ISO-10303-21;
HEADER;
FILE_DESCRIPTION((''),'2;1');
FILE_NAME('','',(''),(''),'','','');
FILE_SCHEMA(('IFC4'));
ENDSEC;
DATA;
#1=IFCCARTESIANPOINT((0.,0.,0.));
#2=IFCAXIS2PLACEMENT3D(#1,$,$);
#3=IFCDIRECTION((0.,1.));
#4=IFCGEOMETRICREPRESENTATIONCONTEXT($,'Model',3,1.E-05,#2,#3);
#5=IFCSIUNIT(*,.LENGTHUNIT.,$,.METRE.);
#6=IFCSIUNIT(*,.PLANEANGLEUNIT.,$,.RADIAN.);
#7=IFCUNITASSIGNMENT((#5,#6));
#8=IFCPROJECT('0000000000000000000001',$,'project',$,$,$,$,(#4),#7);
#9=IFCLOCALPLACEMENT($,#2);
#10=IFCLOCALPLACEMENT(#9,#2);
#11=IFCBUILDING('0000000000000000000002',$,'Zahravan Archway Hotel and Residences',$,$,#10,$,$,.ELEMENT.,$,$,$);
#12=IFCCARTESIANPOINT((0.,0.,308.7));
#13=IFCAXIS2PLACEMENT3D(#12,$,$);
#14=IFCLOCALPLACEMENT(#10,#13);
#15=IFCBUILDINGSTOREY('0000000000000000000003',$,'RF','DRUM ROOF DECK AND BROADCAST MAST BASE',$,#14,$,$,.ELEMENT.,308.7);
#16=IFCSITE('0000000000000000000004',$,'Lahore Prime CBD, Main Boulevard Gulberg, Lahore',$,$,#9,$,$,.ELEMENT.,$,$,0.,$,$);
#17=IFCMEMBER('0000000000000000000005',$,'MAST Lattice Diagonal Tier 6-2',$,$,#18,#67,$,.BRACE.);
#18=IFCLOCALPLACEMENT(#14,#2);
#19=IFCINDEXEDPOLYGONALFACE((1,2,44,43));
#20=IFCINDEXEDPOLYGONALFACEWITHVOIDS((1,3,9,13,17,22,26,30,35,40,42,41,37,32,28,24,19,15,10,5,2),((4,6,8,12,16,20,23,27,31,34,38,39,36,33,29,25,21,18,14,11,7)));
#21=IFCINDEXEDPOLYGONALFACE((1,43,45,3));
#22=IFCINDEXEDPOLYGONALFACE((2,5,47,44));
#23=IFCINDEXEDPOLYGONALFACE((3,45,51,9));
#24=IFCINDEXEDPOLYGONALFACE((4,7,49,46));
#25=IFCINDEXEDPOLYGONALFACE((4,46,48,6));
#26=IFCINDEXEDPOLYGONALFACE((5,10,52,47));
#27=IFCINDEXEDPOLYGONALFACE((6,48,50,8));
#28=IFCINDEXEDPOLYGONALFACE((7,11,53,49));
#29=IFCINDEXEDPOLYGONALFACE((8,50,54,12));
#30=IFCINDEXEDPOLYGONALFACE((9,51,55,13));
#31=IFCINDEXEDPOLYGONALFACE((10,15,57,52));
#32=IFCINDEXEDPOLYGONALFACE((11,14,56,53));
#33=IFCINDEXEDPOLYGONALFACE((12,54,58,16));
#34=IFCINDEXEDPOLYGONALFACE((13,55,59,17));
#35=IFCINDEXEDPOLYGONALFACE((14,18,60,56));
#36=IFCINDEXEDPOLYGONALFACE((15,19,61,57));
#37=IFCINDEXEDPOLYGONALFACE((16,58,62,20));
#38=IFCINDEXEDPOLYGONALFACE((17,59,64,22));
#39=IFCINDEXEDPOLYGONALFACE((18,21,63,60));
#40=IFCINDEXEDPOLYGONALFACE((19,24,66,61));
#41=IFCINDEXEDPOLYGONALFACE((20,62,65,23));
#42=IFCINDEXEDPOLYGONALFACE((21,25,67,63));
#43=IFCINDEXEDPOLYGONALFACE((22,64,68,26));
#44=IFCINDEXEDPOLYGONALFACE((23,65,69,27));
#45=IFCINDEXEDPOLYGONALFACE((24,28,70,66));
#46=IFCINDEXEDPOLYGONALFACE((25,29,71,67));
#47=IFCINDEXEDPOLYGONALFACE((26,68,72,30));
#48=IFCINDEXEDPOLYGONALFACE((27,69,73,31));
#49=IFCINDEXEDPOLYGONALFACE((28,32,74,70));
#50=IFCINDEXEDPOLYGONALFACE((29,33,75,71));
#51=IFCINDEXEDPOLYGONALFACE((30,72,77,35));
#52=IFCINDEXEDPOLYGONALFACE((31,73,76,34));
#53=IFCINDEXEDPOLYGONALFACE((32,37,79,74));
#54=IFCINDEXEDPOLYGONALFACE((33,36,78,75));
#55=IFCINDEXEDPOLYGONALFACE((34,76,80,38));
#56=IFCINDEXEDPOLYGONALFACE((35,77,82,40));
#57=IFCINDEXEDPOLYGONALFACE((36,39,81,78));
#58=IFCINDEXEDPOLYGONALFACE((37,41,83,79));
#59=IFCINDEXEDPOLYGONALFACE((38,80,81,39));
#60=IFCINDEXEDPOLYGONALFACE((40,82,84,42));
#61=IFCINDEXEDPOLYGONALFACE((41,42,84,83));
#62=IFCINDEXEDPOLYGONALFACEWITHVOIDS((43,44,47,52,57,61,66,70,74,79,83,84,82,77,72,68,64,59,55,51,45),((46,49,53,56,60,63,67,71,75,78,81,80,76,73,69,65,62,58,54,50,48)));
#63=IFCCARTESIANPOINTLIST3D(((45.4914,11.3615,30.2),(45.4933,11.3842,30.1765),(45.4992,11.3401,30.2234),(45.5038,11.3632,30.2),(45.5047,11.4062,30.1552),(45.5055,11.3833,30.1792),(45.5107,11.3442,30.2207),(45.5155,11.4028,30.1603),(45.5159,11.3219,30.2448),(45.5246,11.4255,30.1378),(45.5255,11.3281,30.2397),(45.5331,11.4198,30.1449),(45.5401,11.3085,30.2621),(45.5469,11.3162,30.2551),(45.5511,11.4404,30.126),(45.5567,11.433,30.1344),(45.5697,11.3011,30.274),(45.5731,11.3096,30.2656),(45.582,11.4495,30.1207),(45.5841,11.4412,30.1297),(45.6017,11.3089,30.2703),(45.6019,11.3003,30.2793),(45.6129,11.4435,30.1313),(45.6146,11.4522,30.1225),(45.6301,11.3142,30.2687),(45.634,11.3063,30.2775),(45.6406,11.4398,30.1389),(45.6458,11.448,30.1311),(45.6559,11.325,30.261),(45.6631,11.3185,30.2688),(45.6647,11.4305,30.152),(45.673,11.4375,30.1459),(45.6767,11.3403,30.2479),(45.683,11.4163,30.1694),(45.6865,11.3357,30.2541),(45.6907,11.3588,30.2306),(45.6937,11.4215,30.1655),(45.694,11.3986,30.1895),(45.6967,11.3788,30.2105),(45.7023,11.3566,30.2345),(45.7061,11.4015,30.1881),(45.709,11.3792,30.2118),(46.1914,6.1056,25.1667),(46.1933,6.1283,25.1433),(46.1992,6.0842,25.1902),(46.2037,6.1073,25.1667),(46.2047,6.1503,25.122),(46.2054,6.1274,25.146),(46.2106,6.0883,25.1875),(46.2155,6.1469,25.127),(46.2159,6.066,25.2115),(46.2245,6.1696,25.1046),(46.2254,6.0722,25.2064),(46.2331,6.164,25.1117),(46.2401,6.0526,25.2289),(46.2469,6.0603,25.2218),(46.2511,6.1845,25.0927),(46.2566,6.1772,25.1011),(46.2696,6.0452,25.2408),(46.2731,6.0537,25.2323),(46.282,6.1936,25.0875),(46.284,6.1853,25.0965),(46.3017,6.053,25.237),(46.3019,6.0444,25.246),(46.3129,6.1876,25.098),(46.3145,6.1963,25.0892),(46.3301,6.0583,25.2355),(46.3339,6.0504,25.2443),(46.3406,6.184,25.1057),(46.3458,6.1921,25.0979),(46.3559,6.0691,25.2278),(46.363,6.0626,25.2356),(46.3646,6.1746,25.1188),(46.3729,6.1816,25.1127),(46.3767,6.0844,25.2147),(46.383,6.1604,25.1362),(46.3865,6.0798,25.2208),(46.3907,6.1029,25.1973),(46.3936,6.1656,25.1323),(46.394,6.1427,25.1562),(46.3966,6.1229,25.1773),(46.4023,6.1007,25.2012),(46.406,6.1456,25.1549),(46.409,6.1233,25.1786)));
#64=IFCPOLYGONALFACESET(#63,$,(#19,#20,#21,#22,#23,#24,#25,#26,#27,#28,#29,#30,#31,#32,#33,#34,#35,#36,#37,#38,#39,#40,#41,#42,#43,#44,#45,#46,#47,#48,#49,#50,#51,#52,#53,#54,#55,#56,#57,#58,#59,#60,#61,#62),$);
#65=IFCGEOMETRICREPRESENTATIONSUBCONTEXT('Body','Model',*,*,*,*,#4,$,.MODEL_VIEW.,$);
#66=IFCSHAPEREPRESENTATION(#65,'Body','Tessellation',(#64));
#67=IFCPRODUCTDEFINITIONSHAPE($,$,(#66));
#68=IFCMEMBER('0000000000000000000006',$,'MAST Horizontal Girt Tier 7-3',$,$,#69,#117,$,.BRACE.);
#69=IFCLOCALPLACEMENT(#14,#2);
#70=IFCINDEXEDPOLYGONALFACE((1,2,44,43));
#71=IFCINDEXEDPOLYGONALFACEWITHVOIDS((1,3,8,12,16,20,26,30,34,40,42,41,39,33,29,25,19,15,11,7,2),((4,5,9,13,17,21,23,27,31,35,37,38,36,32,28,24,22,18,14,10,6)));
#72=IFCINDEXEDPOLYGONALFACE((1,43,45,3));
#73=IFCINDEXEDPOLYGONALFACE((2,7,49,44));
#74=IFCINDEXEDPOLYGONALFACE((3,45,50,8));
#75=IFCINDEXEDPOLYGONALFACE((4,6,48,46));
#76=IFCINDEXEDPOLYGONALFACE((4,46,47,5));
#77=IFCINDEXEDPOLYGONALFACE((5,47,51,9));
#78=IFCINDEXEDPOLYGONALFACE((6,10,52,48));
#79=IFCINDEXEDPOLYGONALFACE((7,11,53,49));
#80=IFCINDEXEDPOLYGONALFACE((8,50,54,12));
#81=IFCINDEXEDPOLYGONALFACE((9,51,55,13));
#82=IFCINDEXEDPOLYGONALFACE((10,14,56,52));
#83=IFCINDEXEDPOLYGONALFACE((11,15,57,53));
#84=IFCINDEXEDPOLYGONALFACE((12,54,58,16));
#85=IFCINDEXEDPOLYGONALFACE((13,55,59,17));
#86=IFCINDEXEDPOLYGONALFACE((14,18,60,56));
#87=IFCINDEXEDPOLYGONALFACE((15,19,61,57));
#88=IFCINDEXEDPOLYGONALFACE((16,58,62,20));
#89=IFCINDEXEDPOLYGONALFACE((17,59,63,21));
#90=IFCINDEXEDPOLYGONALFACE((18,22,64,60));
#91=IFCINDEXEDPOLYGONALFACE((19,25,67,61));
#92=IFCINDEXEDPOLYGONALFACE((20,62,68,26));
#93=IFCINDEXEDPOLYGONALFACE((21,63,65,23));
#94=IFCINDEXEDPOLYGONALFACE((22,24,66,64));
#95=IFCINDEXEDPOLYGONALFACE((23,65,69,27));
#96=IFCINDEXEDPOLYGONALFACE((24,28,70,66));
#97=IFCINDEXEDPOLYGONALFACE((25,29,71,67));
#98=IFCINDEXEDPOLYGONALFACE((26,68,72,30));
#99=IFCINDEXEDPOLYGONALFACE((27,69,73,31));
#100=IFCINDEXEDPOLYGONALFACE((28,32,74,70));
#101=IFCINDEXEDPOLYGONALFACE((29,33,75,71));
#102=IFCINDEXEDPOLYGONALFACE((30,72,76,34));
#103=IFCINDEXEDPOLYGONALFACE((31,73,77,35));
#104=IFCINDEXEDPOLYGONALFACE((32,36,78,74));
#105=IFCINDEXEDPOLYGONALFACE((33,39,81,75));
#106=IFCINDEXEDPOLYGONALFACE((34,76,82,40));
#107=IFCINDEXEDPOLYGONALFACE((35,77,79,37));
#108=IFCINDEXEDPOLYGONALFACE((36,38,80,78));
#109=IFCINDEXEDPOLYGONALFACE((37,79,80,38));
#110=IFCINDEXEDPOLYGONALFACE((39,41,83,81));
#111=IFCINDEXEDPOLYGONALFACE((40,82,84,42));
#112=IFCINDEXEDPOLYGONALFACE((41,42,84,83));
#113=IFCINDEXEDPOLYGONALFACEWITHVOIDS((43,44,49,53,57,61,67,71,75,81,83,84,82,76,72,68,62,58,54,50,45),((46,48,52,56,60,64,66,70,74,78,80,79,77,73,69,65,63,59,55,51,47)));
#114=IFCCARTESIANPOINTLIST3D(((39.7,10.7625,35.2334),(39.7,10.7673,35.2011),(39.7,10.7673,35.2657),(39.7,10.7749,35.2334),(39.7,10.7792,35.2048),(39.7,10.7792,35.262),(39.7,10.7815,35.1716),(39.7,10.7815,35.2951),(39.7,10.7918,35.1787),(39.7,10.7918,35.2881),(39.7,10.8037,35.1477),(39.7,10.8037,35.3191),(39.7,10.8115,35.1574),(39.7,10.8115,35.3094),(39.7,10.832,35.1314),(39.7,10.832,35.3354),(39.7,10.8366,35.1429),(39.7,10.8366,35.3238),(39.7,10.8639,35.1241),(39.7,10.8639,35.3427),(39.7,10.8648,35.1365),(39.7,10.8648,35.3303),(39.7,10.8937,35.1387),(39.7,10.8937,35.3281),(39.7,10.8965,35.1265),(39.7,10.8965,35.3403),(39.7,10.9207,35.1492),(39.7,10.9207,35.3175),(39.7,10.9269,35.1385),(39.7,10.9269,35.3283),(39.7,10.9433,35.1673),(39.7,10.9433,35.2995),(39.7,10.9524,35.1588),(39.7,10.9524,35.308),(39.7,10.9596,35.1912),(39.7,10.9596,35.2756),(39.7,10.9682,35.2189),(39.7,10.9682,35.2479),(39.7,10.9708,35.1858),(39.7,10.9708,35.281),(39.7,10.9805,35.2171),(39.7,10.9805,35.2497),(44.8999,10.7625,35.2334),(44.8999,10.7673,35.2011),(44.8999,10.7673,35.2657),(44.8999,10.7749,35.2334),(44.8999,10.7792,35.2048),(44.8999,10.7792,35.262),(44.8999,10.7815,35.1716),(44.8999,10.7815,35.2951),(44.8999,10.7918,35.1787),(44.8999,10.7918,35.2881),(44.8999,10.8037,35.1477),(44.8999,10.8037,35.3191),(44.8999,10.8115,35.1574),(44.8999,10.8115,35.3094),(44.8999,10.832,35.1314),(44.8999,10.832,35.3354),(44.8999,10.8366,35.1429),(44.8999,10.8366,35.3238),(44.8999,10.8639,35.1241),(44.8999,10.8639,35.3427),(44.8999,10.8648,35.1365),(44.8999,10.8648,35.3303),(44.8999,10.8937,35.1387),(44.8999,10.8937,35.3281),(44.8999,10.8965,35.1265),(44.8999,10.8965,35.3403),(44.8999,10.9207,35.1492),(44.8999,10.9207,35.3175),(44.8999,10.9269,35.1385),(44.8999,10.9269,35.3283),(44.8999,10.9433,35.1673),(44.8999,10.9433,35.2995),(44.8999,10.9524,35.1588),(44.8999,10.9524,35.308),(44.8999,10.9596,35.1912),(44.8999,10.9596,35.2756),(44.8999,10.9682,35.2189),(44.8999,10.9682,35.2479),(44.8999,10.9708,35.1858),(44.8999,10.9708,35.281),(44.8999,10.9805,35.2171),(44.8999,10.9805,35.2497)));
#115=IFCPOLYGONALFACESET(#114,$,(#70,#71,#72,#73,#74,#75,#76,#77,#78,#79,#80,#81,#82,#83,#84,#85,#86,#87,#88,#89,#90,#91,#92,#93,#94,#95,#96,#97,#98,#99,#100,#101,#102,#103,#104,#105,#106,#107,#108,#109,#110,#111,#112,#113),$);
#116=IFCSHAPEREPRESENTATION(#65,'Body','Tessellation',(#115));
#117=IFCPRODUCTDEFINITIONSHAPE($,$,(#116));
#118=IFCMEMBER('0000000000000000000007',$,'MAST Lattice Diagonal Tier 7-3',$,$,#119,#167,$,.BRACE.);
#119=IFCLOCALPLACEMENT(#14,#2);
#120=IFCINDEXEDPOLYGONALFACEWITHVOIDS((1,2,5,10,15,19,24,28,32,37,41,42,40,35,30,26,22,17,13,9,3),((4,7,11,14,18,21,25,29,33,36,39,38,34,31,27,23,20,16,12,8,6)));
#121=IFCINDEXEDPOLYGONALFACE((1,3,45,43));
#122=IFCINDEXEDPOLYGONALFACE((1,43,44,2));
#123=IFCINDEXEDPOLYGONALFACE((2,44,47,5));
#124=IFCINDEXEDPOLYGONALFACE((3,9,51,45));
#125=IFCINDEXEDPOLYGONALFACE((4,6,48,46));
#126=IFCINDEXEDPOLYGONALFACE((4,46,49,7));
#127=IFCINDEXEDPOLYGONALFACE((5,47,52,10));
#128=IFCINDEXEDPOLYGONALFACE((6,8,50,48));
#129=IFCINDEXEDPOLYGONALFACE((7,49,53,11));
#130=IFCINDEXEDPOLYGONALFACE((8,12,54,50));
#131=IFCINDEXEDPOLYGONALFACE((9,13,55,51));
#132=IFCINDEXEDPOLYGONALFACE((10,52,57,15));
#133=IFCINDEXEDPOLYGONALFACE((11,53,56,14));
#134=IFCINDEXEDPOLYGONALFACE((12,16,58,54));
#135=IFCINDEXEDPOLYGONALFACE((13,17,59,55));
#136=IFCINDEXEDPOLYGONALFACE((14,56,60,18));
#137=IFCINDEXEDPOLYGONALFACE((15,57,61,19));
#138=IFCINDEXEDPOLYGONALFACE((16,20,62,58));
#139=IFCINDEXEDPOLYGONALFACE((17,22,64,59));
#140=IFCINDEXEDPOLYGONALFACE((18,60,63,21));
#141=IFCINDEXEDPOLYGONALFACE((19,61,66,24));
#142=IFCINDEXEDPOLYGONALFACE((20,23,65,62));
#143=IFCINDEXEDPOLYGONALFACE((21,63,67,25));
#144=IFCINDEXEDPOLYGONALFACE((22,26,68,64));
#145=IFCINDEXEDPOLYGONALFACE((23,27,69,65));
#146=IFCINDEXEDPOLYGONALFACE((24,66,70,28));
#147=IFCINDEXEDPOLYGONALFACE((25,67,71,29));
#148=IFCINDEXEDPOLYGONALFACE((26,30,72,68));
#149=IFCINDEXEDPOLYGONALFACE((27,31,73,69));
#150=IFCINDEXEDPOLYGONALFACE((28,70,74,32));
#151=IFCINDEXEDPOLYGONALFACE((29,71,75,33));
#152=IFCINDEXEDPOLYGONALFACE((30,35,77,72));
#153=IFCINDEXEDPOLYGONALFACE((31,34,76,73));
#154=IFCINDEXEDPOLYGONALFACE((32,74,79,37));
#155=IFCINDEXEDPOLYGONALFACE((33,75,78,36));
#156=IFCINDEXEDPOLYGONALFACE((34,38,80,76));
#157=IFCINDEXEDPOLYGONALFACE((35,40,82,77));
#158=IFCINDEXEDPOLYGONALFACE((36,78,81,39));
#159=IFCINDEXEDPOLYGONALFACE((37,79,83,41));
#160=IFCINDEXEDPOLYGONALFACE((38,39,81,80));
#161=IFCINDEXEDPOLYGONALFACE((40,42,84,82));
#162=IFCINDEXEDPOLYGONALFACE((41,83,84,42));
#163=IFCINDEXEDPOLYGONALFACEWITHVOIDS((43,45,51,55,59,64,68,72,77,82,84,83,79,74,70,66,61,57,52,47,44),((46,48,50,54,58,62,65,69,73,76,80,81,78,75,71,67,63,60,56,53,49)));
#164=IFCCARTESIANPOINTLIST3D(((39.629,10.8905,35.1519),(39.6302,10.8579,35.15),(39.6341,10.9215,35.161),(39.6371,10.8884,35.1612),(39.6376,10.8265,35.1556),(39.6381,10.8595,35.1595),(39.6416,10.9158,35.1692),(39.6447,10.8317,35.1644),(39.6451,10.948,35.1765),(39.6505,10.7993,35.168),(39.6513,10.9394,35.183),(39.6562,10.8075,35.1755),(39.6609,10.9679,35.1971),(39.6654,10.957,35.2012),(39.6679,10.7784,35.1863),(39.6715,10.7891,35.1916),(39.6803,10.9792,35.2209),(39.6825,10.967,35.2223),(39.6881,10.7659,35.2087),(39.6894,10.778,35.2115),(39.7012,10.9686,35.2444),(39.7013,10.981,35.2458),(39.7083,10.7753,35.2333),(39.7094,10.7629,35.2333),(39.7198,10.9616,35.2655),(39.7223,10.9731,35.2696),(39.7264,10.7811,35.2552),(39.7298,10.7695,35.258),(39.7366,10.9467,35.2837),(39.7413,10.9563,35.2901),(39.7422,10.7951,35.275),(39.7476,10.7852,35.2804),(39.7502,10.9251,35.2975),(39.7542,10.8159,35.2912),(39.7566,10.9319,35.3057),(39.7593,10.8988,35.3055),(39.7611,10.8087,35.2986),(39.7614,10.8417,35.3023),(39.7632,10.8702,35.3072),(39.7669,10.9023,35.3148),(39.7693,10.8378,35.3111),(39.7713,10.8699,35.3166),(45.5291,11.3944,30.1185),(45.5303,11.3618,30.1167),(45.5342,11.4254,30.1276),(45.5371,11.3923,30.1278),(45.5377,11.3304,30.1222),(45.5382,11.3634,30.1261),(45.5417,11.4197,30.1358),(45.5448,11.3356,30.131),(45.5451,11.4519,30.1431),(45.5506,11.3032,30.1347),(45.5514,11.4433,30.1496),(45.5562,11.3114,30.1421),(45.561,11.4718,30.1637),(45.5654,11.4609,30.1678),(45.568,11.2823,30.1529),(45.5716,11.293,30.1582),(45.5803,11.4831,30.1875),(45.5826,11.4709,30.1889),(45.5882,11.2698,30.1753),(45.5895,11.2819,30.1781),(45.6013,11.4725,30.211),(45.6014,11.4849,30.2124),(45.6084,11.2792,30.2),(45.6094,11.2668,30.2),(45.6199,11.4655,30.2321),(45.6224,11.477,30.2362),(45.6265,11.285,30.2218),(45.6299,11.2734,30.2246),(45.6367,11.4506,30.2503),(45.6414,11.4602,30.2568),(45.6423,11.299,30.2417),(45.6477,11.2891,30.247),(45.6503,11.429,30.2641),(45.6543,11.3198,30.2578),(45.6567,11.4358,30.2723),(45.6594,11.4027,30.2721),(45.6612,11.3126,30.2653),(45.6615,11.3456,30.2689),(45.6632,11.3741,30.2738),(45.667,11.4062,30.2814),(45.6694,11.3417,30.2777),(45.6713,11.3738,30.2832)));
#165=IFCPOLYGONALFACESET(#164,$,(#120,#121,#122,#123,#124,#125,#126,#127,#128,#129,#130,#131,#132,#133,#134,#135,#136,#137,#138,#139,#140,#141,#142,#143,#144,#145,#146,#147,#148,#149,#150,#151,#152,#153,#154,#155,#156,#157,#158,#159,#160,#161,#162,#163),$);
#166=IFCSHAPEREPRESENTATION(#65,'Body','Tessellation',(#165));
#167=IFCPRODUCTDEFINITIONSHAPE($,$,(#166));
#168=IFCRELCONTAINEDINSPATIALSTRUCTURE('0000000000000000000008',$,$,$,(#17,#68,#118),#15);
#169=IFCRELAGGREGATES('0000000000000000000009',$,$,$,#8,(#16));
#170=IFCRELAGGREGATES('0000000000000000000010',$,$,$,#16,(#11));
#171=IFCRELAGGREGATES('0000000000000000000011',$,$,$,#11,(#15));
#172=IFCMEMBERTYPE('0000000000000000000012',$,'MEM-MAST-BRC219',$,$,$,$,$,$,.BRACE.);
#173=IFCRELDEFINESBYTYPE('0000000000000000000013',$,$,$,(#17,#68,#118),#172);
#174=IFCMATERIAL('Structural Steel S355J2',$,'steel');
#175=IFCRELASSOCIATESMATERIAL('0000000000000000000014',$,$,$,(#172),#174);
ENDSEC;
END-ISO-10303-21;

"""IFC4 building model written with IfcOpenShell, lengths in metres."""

from ifc_helpers import new_model, si_unit, direction, frame, origin, origin_2d, place, context, subcontext, project, spatial, hollow_circle, extrude, source, transform, mapped, material, material_profile, profile_set, type_object, element, save


model = new_model("IFC4")

# Units and contexts
model_context = context("Model", 3, precision=1e-05, world=origin(), true_north=direction((0.0, 1.0)))
body_context = subcontext(model_context, "Body", "Model", "MODEL_VIEW")
ifc_project = project(units=[si_unit("LENGTHUNIT", "METRE"), si_unit("PLANEANGLEUNIT", "RADIAN")], contexts=[model_context])

# Site, building, storey
site_placement = place(None, origin())
site = spatial("IfcSite", under=ifc_project, at=site_placement, Name="Lahore Prime CBD, Main Boulevard Gulberg, Lahore", CompositionType="ELEMENT", RefElevation=0.0)
building_placement = place(site_placement, origin())
building = spatial("IfcBuilding", under=site, at=building_placement, Name="Zahravan Archway Hotel and Residences", CompositionType="ELEMENT")
storey_placement = place(building_placement, frame((0.0, 0.0, 308.7)))
storey = spatial("IfcBuildingStorey", under=building, at=storey_placement, Name="RF", Description="DRUM ROOF DECK AND BROADCAST MAST BASE", CompositionType="ELEMENT", Elevation=308.7)

# Members
ifc_material_1 = material(Name="Structural Steel S355J2", Category="steel")
ifc_material_profile_1 = material_profile(ifc_material_1, hollow_circle(Radius=0.1096, WallThickness=0.0125, at=origin_2d()), Name="CHS 219.1x12.5", Category="steel")
ifc_profile_set_1 = profile_set([ifc_material_profile_1], Name="Structural Steel S355J2")
member_type_1 = type_object("IfcMemberType", Name="MEM-MAST-BRC219", PredefinedType="BRACE", material=ifc_profile_set_1)
shared_shape_1 = source(origin(), body_context, "Body", "SweptSolid", [
    extrude(hollow_circle(Radius=0.1096, WallThickness=0.0125, at=origin_2d()), origin(), (0.0, 0.0, 1.0), 7.3108),
])
member_1_placement = place(storey_placement, frame((46.3, 6.1201, 25.1667), z_axis=(-0.095743, 0.718922, 0.688466), x_axis=(-0.991248, -0.13201, 0.0)))
element("IfcMember", 1, at=member_1_placement, inside=storey, type_object=member_type_1, Name="MAST Lattice Diagonal Tier 6-2", PredefinedType="BRACE", context=body_context, shape_type="MappedRepresentation", body=[
    mapped(shared_shape_1, transform((0.0, 0.0, 0.0), scale=1.0)),
])
shared_shape_2 = source(origin(), body_context, "Body", "SweptSolid", [
    extrude(hollow_circle(Radius=0.1096, WallThickness=0.0125, at=origin_2d()), origin(), (0.0, 0.0, 1.0), 5.2),
])
member_2_placement = place(storey_placement, frame((44.8999, 10.8721, 35.2334), z_axis=(-1.0, 0.0, 0.0), x_axis=(0.0, -1.0, 0.0)))
element("IfcMember", 2, at=member_2_placement, inside=storey, type_object=member_type_1, Name="MAST Horizontal Girt Tier 7-3", PredefinedType="BRACE", context=body_context, shape_type="MappedRepresentation", body=[
    mapped(shared_shape_2, transform((0.0, 0.0, 0.0), scale=1.0)),
])
shared_shape_3 = source(origin(), body_context, "Body", "SweptSolid", [
    extrude(hollow_circle(Radius=0.1096, WallThickness=0.0125, at=origin_2d()), origin(), (0.0, 0.0, 1.0), 7.7717),
])
member_3_placement = place(storey_placement, frame((45.6001, 11.376, 30.2), z_axis=(-0.759171, -0.064838, 0.647653), x_axis=(0.085096, -0.996373, 0.0)))
element("IfcMember", 3, at=member_3_placement, inside=storey, type_object=member_type_1, Name="MAST Lattice Diagonal Tier 7-3", PredefinedType="BRACE", context=body_context, shape_type="MappedRepresentation", body=[
    mapped(shared_shape_3, transform((0.0, 0.0, 0.0), scale=1.0)),
])

save(model, "model.ifc")
